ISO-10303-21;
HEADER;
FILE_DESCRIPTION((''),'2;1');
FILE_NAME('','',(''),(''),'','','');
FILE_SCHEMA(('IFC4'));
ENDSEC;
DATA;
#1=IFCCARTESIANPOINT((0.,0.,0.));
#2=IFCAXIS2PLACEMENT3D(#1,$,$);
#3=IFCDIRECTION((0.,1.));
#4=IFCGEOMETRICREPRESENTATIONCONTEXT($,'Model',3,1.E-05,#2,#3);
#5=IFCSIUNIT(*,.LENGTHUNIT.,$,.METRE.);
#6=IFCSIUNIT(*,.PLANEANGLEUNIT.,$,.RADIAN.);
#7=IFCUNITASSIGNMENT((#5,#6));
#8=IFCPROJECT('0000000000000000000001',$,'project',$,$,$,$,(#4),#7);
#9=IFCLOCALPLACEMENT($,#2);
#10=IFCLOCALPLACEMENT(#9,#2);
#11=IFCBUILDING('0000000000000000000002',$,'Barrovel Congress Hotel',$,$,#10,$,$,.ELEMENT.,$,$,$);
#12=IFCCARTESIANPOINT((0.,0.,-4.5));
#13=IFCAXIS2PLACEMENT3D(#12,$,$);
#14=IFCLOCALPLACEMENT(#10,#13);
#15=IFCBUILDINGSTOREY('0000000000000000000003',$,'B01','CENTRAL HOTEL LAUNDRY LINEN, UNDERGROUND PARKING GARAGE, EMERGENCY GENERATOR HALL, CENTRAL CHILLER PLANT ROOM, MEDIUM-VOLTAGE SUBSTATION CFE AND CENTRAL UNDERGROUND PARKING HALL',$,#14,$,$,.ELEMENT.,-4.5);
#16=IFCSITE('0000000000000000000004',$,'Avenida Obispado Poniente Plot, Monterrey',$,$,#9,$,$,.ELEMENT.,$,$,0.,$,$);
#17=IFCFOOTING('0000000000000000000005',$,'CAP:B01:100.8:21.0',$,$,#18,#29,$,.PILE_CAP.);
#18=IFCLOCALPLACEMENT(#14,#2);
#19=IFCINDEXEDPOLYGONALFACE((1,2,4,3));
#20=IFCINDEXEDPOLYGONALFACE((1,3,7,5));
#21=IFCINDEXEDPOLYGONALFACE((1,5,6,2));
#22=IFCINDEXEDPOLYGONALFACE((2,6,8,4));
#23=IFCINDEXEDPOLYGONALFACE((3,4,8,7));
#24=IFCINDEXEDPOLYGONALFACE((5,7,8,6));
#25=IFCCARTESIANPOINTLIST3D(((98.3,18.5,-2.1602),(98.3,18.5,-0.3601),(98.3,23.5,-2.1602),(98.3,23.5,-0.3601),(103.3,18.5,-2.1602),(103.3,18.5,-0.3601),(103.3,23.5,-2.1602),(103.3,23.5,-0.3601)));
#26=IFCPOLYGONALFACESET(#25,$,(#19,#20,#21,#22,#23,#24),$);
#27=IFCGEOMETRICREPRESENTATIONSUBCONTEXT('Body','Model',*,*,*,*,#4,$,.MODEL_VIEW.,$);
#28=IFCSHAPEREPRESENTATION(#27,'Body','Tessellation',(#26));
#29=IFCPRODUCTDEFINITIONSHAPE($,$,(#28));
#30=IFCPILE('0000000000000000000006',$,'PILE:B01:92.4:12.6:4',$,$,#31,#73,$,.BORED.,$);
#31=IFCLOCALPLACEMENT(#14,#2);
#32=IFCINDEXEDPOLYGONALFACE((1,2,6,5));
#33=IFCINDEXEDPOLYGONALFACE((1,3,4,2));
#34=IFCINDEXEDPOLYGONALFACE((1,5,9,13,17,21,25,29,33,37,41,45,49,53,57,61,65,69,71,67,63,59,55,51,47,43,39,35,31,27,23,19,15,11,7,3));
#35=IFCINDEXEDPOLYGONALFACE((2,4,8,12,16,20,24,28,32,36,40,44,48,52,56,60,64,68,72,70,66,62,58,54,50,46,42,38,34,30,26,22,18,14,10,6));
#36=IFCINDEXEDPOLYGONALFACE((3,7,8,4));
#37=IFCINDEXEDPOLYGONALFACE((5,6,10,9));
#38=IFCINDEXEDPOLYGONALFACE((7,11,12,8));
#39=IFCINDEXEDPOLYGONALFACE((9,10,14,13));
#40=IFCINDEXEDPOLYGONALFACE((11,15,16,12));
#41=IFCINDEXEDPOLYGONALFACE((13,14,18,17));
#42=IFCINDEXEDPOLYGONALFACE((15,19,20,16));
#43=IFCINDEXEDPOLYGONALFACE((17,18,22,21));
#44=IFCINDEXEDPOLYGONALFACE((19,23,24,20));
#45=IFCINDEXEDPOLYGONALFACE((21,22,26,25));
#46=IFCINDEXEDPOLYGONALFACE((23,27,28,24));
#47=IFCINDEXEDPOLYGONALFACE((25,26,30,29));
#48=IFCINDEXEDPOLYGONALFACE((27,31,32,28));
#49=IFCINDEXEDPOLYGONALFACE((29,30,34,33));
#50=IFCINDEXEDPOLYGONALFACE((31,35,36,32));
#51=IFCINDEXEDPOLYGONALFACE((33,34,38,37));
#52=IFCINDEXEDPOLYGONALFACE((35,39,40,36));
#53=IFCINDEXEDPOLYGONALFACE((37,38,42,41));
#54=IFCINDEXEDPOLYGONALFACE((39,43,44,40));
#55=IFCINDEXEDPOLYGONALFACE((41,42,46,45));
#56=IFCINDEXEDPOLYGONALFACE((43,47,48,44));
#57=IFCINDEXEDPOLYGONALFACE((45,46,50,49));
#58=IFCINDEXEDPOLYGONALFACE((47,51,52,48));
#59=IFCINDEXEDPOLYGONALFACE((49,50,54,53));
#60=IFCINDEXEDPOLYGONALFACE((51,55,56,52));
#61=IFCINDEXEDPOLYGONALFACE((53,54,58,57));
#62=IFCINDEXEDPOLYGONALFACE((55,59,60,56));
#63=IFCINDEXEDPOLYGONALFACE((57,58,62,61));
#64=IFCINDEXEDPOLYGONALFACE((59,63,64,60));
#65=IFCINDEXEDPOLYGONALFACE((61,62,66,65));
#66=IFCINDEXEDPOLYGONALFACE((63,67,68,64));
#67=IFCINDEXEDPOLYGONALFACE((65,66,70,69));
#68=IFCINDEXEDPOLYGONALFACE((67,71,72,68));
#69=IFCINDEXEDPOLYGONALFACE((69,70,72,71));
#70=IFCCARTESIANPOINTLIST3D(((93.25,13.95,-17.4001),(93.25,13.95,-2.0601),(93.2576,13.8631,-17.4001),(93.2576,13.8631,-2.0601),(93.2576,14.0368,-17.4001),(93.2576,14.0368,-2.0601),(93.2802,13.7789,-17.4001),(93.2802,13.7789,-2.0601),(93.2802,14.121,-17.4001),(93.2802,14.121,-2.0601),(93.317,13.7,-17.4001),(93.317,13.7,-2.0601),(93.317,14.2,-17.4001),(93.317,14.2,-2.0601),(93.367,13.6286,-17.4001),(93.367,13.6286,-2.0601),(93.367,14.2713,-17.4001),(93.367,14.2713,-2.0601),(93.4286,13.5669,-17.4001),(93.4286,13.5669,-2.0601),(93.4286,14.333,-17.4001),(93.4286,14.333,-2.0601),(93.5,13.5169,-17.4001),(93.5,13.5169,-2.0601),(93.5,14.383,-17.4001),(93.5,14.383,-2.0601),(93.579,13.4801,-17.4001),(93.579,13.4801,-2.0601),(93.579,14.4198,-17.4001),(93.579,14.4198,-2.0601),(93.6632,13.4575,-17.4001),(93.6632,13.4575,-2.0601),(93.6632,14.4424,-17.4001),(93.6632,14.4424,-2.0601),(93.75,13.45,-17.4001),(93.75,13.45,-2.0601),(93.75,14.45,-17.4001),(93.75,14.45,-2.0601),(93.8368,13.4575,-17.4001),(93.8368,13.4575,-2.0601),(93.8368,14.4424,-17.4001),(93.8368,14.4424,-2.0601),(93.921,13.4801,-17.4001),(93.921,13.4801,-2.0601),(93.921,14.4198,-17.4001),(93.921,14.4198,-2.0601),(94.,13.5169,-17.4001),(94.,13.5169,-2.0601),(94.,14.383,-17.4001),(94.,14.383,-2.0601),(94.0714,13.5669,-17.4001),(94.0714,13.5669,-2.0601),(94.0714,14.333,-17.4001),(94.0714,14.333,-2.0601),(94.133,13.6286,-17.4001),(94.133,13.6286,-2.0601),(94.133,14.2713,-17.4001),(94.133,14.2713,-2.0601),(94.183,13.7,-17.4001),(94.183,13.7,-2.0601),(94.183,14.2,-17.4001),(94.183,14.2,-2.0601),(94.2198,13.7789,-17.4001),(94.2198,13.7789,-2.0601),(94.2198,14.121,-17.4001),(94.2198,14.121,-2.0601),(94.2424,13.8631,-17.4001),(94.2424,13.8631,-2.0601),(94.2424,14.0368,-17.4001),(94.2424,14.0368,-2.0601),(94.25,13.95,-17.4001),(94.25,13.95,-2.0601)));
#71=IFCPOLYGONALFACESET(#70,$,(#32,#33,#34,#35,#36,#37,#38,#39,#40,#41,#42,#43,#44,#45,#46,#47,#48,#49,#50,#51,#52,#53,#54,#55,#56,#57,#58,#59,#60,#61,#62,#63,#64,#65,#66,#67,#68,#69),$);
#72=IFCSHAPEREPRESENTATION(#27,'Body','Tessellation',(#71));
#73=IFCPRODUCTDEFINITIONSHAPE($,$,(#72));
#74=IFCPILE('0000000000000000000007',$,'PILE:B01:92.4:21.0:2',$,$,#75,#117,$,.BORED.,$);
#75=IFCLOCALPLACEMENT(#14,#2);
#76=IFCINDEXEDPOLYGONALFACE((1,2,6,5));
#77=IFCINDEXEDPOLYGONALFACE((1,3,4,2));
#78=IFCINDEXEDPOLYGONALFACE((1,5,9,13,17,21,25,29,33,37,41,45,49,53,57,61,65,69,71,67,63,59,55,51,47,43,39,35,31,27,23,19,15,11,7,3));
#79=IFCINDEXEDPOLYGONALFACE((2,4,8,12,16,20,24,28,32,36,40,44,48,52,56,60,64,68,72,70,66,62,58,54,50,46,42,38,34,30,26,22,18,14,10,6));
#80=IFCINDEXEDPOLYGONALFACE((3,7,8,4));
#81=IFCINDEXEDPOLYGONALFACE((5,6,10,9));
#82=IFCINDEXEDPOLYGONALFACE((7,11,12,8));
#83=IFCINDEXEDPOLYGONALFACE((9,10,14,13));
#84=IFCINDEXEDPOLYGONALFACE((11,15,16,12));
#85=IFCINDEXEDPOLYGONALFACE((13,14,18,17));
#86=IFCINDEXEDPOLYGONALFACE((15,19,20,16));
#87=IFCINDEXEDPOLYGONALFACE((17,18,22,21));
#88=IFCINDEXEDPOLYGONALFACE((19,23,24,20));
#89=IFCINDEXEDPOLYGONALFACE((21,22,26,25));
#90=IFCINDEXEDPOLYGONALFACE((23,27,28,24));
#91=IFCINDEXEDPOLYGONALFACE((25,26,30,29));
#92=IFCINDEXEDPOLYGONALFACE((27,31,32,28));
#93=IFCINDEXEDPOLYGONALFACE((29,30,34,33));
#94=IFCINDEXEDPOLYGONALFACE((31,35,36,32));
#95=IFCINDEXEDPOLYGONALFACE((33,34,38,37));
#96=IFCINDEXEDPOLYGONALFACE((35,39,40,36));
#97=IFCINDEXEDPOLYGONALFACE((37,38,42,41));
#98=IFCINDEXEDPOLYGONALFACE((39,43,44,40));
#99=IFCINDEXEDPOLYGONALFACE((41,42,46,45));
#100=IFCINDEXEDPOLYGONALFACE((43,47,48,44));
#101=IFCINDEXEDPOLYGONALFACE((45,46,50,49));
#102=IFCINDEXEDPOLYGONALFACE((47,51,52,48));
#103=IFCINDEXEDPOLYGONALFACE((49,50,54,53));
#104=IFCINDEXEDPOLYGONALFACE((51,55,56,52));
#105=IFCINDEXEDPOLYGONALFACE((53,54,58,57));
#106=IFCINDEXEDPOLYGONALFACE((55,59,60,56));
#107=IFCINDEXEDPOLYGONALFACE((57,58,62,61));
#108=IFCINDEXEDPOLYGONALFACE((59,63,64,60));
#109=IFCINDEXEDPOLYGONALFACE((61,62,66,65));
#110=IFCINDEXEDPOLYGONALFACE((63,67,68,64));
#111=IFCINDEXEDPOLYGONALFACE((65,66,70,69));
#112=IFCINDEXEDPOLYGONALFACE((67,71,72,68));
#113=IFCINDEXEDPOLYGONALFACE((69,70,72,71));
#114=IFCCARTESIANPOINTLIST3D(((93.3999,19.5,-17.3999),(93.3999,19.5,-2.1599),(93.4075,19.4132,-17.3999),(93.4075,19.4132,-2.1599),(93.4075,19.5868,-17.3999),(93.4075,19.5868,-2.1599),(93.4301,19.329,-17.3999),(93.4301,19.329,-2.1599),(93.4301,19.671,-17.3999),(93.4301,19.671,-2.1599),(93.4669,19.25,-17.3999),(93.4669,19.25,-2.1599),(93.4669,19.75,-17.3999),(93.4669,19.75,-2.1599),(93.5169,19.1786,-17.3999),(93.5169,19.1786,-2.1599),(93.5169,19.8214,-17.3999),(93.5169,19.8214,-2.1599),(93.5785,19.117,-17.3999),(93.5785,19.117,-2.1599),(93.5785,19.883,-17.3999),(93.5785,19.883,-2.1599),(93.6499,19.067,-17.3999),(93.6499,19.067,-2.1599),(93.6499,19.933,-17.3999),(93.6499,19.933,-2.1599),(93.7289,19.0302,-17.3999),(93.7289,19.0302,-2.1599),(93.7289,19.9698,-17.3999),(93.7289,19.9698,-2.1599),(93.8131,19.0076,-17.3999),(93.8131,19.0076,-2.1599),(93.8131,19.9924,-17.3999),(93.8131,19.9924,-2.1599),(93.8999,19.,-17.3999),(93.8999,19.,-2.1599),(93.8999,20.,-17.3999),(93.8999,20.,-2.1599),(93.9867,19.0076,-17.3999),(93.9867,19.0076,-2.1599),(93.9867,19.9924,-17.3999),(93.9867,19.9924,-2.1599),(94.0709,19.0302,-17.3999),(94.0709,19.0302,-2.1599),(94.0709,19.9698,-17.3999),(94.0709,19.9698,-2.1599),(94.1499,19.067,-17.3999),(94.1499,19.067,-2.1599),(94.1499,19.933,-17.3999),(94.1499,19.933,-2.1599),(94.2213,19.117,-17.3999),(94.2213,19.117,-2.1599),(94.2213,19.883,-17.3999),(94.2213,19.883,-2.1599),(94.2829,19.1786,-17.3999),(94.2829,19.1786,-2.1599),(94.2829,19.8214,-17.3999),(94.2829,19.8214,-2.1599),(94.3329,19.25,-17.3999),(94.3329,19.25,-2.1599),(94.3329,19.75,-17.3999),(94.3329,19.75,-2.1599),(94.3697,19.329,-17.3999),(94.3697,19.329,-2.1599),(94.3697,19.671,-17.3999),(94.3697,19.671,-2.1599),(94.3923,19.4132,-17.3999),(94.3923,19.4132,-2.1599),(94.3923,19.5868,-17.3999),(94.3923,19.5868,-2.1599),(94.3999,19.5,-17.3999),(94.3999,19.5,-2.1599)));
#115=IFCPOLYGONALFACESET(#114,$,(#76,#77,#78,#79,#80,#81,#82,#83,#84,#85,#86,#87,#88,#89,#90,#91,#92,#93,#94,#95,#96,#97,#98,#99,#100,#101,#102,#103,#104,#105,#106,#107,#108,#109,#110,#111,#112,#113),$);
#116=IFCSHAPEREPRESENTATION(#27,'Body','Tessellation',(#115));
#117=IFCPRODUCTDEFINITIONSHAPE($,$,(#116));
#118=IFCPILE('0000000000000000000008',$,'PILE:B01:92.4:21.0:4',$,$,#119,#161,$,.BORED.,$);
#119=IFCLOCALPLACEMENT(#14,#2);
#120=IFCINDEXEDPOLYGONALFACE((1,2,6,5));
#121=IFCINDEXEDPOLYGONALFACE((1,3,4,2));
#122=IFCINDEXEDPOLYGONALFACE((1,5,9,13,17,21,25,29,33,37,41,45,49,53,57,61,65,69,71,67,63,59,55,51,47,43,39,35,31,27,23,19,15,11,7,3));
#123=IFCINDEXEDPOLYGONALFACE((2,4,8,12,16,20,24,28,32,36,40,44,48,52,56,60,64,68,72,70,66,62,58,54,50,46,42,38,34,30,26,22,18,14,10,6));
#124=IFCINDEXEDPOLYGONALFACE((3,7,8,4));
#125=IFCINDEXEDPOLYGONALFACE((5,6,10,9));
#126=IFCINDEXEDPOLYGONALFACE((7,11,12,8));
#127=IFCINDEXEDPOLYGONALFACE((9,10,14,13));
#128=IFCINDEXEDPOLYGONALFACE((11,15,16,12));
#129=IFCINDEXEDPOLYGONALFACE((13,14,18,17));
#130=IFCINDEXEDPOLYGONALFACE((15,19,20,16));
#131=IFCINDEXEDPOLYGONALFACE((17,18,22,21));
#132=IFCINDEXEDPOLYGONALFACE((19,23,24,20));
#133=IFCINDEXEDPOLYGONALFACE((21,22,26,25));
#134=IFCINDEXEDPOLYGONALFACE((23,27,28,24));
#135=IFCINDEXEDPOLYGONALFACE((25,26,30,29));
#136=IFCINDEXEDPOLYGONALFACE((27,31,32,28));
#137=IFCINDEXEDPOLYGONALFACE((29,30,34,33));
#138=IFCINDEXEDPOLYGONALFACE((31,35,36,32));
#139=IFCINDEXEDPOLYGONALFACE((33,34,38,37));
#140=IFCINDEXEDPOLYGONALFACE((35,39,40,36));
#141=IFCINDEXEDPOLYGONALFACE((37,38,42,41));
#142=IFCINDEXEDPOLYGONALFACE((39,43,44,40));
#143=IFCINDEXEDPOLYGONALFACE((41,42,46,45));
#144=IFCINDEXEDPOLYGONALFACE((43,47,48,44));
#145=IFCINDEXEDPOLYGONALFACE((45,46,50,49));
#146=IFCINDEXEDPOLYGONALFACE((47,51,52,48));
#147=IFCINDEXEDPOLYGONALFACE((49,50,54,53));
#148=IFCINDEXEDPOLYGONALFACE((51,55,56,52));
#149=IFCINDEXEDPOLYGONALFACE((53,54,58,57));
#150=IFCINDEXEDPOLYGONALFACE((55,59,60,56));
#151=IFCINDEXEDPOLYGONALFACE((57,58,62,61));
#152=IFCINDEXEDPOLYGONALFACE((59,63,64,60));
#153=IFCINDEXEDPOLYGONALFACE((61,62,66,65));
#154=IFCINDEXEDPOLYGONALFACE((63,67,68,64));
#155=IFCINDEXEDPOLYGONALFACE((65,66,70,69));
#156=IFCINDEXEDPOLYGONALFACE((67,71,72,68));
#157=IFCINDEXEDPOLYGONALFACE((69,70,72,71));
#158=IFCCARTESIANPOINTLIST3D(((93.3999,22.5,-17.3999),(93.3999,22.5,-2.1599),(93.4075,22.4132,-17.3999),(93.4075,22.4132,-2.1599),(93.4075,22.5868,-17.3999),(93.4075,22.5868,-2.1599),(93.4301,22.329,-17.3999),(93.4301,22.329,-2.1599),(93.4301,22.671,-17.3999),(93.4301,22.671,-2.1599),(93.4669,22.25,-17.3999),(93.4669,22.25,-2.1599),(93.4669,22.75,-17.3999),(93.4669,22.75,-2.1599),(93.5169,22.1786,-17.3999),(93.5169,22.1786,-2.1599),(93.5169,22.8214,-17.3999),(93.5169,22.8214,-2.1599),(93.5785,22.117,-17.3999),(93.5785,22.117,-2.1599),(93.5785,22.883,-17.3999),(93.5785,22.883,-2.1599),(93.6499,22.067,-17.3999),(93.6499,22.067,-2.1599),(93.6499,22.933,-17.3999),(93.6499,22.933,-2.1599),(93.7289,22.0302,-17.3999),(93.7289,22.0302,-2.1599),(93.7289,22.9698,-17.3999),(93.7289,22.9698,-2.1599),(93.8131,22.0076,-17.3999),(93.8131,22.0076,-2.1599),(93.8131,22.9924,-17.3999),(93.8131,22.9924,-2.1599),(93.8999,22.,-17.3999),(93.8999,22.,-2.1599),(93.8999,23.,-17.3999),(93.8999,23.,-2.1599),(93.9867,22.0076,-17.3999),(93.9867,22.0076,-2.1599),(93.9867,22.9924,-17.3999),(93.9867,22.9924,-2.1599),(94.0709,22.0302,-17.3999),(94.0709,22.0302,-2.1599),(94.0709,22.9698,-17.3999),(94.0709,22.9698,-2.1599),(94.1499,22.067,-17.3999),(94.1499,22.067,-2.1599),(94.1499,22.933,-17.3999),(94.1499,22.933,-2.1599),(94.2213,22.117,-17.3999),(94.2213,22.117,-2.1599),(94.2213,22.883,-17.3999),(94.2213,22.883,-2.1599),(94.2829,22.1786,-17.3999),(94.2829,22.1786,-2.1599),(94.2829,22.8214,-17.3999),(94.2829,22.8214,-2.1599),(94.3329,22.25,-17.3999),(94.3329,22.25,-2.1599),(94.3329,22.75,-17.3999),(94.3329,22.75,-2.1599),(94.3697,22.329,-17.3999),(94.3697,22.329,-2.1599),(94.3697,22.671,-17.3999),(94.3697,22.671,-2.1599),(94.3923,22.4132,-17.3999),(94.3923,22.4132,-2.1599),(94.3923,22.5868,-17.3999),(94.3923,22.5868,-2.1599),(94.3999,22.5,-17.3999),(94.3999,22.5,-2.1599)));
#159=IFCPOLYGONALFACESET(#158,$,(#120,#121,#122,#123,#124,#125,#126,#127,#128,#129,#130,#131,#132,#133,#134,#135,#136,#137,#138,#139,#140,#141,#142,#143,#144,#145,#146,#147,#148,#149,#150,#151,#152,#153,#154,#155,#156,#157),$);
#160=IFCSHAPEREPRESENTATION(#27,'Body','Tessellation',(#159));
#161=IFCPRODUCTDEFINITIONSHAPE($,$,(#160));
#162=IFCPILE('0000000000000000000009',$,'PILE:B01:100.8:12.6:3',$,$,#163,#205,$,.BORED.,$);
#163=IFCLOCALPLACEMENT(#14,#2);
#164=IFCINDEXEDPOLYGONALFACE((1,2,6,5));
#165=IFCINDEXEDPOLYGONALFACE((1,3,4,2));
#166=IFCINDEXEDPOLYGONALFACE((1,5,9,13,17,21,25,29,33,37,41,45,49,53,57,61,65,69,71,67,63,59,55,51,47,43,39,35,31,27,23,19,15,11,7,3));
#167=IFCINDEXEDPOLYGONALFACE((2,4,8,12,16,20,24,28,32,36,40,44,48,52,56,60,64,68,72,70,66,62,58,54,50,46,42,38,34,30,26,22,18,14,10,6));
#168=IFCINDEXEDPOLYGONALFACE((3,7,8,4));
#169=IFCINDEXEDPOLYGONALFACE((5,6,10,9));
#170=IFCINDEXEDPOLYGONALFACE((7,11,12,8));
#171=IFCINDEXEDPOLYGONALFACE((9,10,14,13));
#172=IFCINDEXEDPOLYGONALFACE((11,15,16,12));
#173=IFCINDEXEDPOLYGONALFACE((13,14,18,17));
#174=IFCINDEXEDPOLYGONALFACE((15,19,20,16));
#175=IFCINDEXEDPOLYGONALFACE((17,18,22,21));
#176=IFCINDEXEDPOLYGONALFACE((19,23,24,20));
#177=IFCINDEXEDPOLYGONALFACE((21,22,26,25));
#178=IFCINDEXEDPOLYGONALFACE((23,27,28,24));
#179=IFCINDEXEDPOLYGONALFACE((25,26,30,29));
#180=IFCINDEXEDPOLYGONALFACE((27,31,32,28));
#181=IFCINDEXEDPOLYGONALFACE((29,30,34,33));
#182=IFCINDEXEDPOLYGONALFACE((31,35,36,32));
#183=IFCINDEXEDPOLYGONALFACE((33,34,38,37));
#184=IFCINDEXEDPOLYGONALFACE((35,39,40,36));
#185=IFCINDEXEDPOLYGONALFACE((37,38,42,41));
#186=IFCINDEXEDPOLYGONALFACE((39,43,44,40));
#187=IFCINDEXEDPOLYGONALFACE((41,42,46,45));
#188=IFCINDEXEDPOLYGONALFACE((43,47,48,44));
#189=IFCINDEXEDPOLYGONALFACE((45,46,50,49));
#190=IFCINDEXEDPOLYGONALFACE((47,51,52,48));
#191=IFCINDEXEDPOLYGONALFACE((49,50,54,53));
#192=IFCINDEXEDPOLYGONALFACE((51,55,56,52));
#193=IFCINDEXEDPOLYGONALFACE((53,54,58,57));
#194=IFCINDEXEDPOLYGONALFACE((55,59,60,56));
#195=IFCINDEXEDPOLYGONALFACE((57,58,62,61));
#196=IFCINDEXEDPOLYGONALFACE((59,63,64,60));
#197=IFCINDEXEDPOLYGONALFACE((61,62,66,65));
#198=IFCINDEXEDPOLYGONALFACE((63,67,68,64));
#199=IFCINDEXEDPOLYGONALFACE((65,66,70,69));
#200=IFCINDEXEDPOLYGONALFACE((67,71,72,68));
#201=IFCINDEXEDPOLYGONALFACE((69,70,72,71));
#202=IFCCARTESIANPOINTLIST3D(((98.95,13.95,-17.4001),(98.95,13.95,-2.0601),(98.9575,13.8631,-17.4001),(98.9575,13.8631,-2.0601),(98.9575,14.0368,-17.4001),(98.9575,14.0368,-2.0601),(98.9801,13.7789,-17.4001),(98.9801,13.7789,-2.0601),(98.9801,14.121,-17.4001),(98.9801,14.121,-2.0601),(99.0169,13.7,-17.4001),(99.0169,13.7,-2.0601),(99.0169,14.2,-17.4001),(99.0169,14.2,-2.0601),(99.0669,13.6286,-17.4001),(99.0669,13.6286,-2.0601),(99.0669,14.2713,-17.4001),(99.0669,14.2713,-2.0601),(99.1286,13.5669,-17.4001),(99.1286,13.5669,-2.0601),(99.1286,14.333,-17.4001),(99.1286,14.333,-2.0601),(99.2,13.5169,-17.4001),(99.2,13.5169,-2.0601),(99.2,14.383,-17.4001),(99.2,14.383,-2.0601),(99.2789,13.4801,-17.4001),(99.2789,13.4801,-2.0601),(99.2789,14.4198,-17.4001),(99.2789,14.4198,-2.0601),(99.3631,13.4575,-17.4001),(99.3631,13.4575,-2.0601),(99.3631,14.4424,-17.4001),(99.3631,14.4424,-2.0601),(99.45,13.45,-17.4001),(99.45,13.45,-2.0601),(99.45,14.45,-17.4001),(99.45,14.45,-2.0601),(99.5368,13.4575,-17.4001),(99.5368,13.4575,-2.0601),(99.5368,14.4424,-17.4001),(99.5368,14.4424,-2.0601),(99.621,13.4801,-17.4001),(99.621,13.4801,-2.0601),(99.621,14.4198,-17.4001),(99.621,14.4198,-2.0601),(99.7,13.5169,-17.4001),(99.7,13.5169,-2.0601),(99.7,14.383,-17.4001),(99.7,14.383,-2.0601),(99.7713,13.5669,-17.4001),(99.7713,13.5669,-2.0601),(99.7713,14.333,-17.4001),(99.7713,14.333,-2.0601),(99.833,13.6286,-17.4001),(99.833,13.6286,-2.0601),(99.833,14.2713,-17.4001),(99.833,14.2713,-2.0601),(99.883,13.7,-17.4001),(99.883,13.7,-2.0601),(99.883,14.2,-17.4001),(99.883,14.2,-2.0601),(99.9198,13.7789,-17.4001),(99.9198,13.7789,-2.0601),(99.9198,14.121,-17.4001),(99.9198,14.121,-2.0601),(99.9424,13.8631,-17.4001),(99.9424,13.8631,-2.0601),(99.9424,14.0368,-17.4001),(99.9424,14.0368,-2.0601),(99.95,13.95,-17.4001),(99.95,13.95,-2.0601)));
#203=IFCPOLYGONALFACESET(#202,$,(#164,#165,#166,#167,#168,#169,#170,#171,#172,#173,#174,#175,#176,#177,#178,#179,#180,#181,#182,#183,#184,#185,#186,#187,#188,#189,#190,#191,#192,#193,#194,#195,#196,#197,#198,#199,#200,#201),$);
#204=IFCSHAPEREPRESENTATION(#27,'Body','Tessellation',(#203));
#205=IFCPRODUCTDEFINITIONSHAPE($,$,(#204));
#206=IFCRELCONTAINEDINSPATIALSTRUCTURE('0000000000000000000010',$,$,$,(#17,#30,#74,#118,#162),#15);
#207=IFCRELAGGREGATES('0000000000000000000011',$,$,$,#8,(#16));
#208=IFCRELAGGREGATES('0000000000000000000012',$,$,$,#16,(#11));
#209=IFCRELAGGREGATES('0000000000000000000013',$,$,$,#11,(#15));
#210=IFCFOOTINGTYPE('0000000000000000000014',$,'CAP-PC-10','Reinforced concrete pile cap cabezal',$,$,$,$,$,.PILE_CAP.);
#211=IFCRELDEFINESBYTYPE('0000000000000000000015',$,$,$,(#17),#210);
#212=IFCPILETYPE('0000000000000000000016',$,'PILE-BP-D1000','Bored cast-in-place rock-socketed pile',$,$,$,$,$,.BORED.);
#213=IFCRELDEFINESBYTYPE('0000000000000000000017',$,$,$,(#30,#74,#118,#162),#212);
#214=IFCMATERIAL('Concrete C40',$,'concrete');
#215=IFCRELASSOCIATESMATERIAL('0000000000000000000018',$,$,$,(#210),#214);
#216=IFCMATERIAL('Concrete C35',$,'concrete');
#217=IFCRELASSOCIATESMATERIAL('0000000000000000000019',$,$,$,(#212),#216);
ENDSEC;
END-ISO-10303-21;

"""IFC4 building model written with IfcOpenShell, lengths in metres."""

from ifc_helpers import new_model, si_unit, direction, frame, origin, origin_2d, place, context, subcontext, project, spatial, rectangle, circle, extrude, material, material_profile, profile_set, type_object, element, save


model = new_model("IFC4")

# Units and contexts
model_context = context("Model", 3, precision=1e-05, world=origin(), true_north=direction((0.0, 1.0)))
body_context = subcontext(model_context, "Body", "Model", "MODEL_VIEW")
ifc_project = project(units=[si_unit("LENGTHUNIT", "METRE"), si_unit("PLANEANGLEUNIT", "RADIAN")], contexts=[model_context])

# Site, building, storey
site_placement = place(None, origin())
site = spatial("IfcSite", under=ifc_project, at=site_placement, Name="Avenida Obispado Poniente Plot, Monterrey", CompositionType="ELEMENT", RefElevation=0.0)
building_placement = place(site_placement, origin())
building = spatial("IfcBuilding", under=site, at=building_placement, Name="Barrovel Congress Hotel", CompositionType="ELEMENT")
storey_placement = place(building_placement, frame((0.0, 0.0, -4.5)))
storey = spatial("IfcBuildingStorey", under=building, at=storey_placement, Name="B01", Description="CENTRAL HOTEL LAUNDRY LINEN, UNDERGROUND PARKING GARAGE, EMERGENCY GENERATOR HALL, CENTRAL CHILLER PLANT ROOM, MEDIUM-VOLTAGE SUBSTATION CFE AND CENTRAL UNDERGROUND PARKING HALL", CompositionType="ELEMENT", Elevation=-4.5)

# Footing
ifc_material_1 = material(Name="Concrete C40", Category="concrete")
footing_type = type_object("IfcFootingType", Name="CAP-PC-10", Description="Reinforced concrete pile cap cabezal", PredefinedType="PILE_CAP", material=ifc_material_1)
footing_placement = place(storey_placement, frame((100.8, 21.0, -2.1602), z_axis=(0.0, 0.0, 1.0), x_axis=(1.0, 0.0, 0.0)))
element("IfcFooting", 1, at=footing_placement, inside=storey, type_object=footing_type, Name="CAP:B01:100.8:21.0", PredefinedType="PILE_CAP", context=body_context, shape_type="SweptSolid", body=[
    extrude(rectangle(XDim=5.0, YDim=5.0, at=origin_2d()), origin(), (0.0, 0.0, 1.0), 1.8),
])

# Piles
ifc_material_2 = material(Name="Concrete C35", Category="concrete")
ifc_material_profile_1 = material_profile(ifc_material_2, circle(Radius=0.5, at=origin_2d()), Name="BP-D1000")
ifc_profile_set_1 = profile_set([ifc_material_profile_1], Name="Concrete C35")
pile_type_1 = type_object("IfcPileType", Name="PILE-BP-D1000", Description="Bored cast-in-place rock-socketed pile", PredefinedType="BORED", material=ifc_profile_set_1)
pile_placement = place(storey_placement, frame((93.75, 13.95, -2.0601), z_axis=(0.0, 0.0, -1.0), x_axis=(1.0, 0.0, 0.0)))
element("IfcPile", 2, at=pile_placement, inside=storey, type_object=pile_type_1, Name="PILE:B01:92.4:12.6:4", PredefinedType="BORED", context=body_context, shape_type="SweptSolid", body=[
    extrude(circle(Radius=0.5, at=origin_2d()), origin(), (0.0, 0.0, 1.0), 15.3401),
])
for number, where, z_axis, x_axis, name in (
    (3, (93.8999, 19.5, -2.1599), (0.0, 0.0, -1.0), (1.0, 0.0, 0.0), "PILE:B01:92.4:21.0:2"),
    (4, (93.8999, 22.5, -2.1599), (0.0, 0.0, -1.0), (1.0, 0.0, 0.0), "PILE:B01:92.4:21.0:4"),
):
    element("IfcPile", number, at=place(storey_placement, frame(where, z_axis=z_axis, x_axis=x_axis)), inside=storey, type_object=pile_type_1, Name=name, PredefinedType="BORED", context=body_context, shape_type="SweptSolid", body=[
        extrude(circle(Radius=0.5, at=origin_2d()), origin(), (0.0, 0.0, 1.0), 15.24),
    ])
for number, where, z_axis, x_axis, name in (
    (5, (99.45, 13.95, -2.0601), (0.0, 0.0, -1.0), (1.0, 0.0, 0.0), "PILE:B01:100.8:12.6:3"),
):
    element("IfcPile", number, at=place(storey_placement, frame(where, z_axis=z_axis, x_axis=x_axis)), inside=storey, type_object=pile_type_1, Name=name, PredefinedType="BORED", context=body_context, shape_type="SweptSolid", body=[
        extrude(circle(Radius=0.5, at=origin_2d()), origin(), (0.0, 0.0, 1.0), 15.3401),
    ])

save(model, "model.ifc")
